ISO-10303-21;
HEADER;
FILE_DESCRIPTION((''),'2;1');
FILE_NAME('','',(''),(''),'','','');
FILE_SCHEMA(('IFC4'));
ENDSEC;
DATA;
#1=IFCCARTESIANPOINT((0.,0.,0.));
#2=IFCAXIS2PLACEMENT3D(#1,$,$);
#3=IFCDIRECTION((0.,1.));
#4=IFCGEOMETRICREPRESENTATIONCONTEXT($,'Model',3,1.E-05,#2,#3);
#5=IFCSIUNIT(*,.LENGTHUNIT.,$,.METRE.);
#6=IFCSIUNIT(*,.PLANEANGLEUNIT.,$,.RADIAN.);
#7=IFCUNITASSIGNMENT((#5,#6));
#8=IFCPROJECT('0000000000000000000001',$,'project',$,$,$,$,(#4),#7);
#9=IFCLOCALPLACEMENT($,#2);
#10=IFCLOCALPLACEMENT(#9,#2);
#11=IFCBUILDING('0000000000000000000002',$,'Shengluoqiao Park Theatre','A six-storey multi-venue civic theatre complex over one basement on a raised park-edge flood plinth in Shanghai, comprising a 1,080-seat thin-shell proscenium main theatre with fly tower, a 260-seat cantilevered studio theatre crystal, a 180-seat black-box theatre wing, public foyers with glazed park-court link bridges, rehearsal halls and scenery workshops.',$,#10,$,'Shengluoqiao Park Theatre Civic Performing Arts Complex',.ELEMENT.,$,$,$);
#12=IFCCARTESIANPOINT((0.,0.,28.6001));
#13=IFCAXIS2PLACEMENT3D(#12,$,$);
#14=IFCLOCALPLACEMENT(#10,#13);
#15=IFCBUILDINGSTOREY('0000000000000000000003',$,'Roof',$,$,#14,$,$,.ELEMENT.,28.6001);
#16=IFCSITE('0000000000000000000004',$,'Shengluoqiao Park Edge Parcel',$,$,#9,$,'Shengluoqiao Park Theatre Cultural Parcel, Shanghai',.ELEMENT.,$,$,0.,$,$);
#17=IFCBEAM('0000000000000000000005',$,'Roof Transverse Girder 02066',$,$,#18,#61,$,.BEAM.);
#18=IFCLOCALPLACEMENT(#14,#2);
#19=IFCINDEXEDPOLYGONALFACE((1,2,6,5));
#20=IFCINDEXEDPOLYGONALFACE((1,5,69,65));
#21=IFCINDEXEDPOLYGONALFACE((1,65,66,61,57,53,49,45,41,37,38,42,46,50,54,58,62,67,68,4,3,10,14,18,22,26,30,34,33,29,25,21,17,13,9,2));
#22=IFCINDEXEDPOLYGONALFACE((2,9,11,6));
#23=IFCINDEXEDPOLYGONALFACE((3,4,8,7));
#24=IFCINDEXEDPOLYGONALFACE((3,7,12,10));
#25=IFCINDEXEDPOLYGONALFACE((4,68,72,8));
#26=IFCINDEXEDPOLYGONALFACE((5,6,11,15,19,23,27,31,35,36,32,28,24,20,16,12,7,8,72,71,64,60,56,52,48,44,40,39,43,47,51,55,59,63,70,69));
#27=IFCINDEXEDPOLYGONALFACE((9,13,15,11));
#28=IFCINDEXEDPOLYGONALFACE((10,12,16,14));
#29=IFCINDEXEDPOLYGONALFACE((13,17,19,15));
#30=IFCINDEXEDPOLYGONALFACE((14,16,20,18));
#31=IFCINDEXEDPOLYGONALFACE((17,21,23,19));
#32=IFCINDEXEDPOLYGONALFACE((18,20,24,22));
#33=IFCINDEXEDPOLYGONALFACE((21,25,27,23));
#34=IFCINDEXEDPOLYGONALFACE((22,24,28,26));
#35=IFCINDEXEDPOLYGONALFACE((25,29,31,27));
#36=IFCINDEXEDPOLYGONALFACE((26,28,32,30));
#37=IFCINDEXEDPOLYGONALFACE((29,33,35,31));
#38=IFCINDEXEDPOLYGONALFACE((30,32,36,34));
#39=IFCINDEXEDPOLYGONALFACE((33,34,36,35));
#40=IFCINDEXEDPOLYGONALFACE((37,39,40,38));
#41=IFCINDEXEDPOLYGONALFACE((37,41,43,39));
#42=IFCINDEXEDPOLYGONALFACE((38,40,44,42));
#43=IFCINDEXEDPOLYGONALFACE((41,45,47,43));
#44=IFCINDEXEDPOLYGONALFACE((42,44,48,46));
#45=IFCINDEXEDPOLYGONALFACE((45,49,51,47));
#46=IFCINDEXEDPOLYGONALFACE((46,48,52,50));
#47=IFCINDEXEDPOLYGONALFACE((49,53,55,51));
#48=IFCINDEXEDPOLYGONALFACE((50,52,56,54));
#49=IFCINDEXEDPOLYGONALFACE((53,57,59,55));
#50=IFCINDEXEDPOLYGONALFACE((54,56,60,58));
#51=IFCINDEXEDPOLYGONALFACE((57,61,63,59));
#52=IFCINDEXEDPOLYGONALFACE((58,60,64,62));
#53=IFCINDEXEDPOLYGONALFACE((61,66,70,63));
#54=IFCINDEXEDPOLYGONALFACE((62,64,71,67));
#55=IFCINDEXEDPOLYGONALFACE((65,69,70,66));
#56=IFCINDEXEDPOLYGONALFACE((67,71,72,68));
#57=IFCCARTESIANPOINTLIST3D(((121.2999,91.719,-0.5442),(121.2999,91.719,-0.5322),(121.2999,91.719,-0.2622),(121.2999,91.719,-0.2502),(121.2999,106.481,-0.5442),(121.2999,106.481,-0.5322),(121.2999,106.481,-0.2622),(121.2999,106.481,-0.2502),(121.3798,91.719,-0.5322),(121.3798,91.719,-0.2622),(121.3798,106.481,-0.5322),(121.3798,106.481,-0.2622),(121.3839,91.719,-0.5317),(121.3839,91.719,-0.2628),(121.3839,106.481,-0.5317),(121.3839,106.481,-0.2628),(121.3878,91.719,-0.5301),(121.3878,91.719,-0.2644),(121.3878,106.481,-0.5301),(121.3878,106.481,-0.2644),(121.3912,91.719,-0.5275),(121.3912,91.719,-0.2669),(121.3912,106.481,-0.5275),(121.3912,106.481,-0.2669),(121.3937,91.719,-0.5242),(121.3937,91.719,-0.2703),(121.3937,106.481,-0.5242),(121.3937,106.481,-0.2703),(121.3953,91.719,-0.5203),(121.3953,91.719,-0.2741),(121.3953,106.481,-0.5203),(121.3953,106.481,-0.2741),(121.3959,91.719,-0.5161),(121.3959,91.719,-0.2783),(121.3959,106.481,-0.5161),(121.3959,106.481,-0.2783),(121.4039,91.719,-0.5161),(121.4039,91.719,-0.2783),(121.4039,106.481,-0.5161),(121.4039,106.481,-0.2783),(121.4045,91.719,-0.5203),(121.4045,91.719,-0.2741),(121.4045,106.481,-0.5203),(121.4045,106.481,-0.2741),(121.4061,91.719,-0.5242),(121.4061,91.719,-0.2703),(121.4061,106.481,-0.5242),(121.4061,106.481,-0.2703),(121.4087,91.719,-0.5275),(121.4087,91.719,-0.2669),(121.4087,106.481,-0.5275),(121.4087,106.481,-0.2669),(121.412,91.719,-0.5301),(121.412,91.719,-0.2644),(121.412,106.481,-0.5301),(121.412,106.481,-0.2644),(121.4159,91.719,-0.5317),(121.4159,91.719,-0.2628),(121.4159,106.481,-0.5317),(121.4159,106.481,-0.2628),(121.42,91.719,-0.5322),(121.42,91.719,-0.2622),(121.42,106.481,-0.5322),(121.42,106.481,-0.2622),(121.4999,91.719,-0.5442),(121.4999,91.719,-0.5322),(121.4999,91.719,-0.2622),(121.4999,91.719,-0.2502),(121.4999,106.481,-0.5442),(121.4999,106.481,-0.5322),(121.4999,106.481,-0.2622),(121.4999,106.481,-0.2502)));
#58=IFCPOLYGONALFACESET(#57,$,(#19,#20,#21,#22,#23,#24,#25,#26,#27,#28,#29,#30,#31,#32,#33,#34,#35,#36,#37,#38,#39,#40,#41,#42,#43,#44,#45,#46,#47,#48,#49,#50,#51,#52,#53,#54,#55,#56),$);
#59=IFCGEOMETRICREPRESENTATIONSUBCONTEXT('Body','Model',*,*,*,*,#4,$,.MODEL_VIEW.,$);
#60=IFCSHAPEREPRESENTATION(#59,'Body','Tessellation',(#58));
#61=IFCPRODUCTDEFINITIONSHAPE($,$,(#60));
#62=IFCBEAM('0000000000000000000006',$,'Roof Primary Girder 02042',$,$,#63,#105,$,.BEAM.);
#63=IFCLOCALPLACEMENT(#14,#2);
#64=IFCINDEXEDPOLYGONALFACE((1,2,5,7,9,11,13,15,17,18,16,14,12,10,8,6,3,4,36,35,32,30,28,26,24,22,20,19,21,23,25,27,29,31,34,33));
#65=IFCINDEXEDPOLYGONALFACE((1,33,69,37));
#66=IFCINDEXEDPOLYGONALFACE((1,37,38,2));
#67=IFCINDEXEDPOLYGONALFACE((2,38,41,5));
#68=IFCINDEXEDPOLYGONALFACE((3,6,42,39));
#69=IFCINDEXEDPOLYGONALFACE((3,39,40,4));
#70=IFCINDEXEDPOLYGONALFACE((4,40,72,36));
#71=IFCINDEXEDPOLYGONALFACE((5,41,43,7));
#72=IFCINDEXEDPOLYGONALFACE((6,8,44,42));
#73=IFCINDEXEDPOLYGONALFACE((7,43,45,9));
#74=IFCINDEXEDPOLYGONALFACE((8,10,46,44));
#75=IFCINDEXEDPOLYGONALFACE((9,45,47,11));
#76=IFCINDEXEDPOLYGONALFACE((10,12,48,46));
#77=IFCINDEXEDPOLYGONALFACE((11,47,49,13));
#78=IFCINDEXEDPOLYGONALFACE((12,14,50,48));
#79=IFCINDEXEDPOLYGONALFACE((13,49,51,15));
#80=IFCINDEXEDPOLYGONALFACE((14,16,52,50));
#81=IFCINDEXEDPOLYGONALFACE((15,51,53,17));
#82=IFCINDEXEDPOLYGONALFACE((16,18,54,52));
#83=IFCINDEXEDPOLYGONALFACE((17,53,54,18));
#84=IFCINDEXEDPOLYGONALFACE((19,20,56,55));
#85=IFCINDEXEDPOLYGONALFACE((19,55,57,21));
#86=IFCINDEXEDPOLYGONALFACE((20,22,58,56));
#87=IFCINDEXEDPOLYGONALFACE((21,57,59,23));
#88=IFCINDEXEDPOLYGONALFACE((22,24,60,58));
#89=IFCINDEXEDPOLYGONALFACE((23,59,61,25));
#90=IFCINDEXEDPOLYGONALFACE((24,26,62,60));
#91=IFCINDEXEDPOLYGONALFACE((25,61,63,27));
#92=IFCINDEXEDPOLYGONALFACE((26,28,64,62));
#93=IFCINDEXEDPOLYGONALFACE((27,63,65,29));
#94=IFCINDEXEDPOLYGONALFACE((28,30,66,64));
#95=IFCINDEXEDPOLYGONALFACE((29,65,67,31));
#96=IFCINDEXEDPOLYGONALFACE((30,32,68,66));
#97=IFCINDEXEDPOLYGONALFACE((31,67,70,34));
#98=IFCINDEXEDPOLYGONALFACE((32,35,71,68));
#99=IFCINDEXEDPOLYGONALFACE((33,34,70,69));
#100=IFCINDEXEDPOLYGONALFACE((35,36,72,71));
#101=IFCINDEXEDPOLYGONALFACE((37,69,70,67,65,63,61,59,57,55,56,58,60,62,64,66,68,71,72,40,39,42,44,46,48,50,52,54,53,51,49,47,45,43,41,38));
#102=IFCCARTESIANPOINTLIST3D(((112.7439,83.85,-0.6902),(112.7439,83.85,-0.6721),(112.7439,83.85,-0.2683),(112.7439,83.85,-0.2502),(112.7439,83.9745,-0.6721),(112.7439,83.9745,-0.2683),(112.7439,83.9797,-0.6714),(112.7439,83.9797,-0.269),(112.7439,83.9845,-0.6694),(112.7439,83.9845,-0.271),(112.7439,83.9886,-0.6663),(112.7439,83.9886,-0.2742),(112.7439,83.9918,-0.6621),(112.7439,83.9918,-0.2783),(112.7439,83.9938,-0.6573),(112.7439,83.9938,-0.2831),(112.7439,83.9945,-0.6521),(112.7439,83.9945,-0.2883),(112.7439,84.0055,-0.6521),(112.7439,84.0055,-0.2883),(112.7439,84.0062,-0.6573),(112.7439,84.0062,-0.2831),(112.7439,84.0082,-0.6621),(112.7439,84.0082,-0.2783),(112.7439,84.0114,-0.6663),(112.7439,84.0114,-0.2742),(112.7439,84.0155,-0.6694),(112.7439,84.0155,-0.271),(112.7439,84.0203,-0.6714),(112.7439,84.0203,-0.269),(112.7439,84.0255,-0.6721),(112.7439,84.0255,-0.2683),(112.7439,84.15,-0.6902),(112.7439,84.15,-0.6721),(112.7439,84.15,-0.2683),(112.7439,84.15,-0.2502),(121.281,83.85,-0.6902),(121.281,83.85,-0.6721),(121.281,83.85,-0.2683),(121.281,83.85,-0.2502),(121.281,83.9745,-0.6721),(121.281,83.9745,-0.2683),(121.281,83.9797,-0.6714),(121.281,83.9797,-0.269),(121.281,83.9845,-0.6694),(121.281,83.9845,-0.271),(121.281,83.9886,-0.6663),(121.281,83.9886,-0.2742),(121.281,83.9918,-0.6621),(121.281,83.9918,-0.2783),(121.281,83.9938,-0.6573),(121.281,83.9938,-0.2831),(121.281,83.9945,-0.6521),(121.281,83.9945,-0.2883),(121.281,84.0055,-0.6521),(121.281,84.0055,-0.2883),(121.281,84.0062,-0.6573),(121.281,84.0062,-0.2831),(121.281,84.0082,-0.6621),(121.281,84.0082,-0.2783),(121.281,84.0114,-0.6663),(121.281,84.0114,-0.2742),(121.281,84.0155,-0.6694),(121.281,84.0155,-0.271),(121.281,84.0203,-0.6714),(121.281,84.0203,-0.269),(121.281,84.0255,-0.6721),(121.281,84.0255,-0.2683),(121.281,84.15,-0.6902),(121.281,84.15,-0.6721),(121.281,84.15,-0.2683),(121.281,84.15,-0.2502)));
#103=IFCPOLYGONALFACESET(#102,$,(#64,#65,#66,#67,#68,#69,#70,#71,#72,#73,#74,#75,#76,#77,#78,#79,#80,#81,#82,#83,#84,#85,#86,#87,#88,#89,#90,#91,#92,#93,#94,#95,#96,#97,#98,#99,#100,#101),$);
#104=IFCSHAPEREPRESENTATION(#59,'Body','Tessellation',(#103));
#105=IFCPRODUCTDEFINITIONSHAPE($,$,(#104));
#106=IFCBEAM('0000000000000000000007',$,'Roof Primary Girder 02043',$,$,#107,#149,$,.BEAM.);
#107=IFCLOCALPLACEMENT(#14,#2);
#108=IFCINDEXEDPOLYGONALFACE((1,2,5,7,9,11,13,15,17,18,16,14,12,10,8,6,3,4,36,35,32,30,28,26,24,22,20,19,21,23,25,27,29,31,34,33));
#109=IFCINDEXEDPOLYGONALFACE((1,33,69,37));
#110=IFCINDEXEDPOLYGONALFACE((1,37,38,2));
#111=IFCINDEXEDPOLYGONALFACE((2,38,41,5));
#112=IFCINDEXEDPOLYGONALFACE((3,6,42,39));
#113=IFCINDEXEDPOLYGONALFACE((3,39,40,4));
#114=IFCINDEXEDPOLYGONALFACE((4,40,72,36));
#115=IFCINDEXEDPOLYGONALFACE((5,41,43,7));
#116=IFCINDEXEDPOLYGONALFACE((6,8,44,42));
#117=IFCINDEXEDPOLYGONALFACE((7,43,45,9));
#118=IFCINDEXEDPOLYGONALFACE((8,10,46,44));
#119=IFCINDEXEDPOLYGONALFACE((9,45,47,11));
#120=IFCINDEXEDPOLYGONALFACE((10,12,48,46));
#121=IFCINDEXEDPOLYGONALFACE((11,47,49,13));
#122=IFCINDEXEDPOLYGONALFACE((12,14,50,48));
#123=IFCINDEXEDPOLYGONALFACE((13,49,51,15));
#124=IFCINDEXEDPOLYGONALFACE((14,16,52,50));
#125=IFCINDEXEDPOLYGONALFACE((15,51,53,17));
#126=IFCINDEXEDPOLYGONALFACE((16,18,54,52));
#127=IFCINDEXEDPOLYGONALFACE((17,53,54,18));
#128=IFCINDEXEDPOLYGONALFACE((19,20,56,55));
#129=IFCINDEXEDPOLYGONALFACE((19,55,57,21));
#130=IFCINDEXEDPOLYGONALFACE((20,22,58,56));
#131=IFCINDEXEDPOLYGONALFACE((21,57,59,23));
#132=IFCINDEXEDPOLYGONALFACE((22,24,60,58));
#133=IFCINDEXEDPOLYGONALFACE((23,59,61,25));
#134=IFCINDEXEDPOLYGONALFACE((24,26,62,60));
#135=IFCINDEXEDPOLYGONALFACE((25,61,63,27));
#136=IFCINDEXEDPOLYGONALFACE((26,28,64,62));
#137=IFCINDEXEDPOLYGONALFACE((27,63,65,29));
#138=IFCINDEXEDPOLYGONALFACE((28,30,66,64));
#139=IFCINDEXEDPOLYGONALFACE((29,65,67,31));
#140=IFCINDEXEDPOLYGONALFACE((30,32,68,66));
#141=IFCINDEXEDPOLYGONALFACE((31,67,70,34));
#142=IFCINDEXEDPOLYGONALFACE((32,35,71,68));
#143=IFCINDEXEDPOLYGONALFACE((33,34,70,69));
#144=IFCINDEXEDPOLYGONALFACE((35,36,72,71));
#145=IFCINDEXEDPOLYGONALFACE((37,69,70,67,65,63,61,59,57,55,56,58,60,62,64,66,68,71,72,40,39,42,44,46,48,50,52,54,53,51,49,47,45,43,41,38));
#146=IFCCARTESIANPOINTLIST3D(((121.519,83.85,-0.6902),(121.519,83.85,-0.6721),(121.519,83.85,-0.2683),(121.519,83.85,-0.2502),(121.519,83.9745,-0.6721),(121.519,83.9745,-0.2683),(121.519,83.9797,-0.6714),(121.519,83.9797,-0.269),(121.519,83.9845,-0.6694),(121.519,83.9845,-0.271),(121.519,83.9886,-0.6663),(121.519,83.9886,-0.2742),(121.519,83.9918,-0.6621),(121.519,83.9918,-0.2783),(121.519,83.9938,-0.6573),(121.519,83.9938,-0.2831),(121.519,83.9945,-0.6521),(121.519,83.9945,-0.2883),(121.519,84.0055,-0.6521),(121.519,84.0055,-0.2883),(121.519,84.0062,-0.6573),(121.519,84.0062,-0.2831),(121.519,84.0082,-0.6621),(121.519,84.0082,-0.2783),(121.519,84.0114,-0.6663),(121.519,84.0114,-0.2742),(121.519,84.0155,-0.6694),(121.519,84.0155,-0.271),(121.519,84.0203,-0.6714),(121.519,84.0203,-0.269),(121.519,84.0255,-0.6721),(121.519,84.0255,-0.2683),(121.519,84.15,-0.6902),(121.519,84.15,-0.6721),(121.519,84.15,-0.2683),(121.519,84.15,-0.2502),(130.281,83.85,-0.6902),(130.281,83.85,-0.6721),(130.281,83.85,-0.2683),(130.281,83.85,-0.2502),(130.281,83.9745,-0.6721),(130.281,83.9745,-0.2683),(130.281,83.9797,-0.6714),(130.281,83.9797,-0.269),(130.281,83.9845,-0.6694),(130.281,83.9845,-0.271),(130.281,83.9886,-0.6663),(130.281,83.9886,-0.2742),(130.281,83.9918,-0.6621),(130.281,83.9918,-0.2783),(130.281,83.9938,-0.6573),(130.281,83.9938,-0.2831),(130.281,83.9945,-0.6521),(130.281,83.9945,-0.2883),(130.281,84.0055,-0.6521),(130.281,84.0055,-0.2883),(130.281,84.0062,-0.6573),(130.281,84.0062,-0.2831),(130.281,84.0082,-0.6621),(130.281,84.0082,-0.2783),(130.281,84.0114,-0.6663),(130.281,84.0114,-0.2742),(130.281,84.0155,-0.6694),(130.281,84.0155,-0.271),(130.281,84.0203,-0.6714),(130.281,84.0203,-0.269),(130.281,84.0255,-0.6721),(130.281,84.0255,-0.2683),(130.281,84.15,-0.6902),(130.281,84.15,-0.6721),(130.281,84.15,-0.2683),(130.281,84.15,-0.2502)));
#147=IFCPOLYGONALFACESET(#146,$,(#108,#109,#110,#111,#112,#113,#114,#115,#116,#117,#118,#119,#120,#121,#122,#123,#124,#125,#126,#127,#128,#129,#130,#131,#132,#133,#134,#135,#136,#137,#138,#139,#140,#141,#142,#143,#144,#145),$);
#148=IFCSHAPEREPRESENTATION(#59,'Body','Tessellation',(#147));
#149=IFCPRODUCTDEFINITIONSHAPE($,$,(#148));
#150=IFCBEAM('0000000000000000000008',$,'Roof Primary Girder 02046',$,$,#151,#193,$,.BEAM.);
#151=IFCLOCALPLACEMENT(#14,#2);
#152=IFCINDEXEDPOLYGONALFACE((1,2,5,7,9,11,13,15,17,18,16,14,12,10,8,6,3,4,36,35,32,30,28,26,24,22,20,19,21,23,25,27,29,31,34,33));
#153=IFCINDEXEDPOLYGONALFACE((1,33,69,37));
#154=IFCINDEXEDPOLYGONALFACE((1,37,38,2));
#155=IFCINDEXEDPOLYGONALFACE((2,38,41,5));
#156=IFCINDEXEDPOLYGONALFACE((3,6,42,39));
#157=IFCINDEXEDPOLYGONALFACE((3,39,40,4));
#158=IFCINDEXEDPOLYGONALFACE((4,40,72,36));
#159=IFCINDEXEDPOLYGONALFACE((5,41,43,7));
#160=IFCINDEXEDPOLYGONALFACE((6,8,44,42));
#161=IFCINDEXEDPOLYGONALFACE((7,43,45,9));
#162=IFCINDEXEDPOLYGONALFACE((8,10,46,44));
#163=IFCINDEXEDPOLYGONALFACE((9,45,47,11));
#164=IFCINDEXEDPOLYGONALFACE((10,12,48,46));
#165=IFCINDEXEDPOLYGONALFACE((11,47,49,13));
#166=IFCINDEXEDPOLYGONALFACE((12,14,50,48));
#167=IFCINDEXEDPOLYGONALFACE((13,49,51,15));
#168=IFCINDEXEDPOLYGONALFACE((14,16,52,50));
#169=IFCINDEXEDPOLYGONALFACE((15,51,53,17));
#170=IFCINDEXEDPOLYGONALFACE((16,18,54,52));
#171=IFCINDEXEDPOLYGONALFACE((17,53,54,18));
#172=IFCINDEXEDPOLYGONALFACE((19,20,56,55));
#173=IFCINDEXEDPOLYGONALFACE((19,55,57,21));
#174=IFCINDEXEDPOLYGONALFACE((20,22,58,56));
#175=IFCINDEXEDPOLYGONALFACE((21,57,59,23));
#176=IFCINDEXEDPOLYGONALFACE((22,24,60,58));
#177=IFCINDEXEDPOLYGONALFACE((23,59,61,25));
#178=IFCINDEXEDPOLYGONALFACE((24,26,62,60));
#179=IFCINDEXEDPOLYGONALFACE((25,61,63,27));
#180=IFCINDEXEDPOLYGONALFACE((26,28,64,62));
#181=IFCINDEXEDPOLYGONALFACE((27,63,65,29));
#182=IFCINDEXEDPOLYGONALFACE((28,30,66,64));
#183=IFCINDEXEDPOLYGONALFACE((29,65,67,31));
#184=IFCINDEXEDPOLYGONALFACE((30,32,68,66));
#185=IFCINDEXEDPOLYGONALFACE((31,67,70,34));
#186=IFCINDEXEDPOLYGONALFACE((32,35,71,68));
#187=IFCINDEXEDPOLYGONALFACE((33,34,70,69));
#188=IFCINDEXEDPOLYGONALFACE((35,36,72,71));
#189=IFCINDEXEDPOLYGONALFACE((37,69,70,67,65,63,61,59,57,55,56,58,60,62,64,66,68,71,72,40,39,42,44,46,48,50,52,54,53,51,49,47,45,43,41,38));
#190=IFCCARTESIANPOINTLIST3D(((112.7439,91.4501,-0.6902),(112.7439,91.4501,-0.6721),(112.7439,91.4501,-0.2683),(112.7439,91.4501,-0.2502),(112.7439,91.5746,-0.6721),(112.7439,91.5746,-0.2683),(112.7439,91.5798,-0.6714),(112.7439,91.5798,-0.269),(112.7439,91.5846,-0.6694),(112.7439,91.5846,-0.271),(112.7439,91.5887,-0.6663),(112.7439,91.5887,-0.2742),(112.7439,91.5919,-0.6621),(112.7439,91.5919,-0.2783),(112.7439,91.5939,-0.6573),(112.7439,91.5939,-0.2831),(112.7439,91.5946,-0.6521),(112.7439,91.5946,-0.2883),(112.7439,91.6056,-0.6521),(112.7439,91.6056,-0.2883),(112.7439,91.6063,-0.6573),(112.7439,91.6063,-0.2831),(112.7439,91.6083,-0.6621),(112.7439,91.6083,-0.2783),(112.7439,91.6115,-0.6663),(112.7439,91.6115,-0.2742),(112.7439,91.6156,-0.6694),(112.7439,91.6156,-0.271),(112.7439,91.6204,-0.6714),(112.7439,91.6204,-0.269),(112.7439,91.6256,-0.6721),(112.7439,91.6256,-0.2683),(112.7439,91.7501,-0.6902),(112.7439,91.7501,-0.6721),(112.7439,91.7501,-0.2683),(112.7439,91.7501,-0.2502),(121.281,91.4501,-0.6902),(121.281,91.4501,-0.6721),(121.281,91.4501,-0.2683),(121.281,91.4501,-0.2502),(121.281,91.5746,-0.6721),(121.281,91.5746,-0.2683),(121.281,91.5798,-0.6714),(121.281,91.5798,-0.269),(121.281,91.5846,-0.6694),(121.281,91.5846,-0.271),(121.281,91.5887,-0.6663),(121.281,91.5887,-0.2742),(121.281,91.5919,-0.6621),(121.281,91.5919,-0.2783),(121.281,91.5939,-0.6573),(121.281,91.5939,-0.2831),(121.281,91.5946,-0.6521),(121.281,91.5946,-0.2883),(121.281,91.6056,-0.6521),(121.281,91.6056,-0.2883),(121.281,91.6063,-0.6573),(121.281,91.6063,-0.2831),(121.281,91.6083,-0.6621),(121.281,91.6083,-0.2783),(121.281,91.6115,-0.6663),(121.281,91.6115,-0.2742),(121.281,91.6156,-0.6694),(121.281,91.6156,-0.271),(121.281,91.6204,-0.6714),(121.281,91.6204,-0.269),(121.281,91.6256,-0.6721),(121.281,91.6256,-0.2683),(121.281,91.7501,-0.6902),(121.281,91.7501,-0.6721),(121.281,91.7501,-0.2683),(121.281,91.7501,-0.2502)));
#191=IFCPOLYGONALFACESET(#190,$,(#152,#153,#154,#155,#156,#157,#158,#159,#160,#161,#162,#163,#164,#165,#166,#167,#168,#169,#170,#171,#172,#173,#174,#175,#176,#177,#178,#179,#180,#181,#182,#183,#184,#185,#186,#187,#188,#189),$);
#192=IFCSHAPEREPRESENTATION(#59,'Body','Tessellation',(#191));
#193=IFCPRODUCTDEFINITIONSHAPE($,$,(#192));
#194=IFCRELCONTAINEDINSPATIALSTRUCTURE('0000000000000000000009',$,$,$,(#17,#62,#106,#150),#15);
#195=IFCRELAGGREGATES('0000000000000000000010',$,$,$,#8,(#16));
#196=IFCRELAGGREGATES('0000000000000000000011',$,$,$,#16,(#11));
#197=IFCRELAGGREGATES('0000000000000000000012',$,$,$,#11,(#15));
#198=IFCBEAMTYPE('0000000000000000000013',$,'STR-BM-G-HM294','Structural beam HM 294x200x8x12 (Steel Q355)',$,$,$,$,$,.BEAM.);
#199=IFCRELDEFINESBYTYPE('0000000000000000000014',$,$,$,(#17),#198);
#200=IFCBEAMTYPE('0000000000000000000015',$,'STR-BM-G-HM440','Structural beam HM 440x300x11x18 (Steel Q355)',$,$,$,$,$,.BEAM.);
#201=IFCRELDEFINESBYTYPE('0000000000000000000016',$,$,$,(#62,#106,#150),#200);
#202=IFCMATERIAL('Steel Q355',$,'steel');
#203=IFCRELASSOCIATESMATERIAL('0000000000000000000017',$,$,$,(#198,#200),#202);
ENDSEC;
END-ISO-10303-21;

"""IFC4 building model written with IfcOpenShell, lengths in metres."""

from ifc_helpers import new_model, si_unit, direction, frame, origin, origin_2d, place, context, subcontext, project, spatial, i_section, extrude, material, material_profile, profile_set, type_object, element, save


model = new_model("IFC4")

# Units and contexts
model_context = context("Model", 3, precision=1e-05, world=origin(), true_north=direction((0.0, 1.0)))
body_context = subcontext(model_context, "Body", "Model", "MODEL_VIEW")
ifc_project = project(units=[si_unit("LENGTHUNIT", "METRE"), si_unit("PLANEANGLEUNIT", "RADIAN")], contexts=[model_context])

# Site, building, storey
site_placement = place(None, origin())
site = spatial("IfcSite", under=ifc_project, at=site_placement, Name="Shengluoqiao Park Edge Parcel", LongName="Shengluoqiao Park Theatre Cultural Parcel, Shanghai", CompositionType="ELEMENT", RefElevation=0.0)
building_placement = place(site_placement, origin())
building = spatial("IfcBuilding", under=site, at=building_placement, Name="Shengluoqiao Park Theatre", Description="A six-storey multi-venue civic theatre complex over one basement on a raised park-edge flood plinth in Shanghai, comprising a 1,080-seat thin-shell proscenium main theatre with fly tower, a 260-seat cantilevered studio theatre crystal, a 180-seat black-box theatre wing, public foyers with glazed park-court link bridges, rehearsal halls and scenery workshops.", LongName="Shengluoqiao Park Theatre Civic Performing Arts Complex", CompositionType="ELEMENT")
storey_placement = place(building_placement, frame((0.0, 0.0, 28.6001)))
storey = spatial("IfcBuildingStorey", under=building, at=storey_placement, Name="Roof", CompositionType="ELEMENT", Elevation=28.6001)

# Beams
ifc_material_1 = material(Name="Steel Q355", Category="steel")
ifc_material_profile_1 = material_profile(ifc_material_1, i_section(OverallWidth=0.2, OverallDepth=0.2939, WebThickness=0.0081, FlangeThickness=0.012, FilletRadius=0.0161, at=origin_2d()), Name="HM 294x200x8x12")
ifc_profile_set_1 = profile_set([ifc_material_profile_1], Name="Steel Q355")
beam_type_1 = type_object("IfcBeamType", Name="STR-BM-G-HM294", Description="Structural beam HM 294x200x8x12 (Steel Q355)", PredefinedType="BEAM", material=ifc_profile_set_1)
beam_1_placement = place(storey_placement, frame((121.3999, 91.719, -0.3972), z_axis=(0.0, 1.0, 0.0), x_axis=(-1.0, 0.0, 0.0)))
element("IfcBeam", 1, at=beam_1_placement, inside=storey, type_object=beam_type_1, Name="Roof Transverse Girder 02066", PredefinedType="BEAM", context=body_context, shape_type="SweptSolid", body=[
    extrude(i_section(OverallWidth=0.2, OverallDepth=0.2939, WebThickness=0.0081, FlangeThickness=0.012, FilletRadius=0.0161, at=origin_2d()), origin(), (0.0, 0.0, 1.0), 14.762),
])
ifc_material_profile_2 = material_profile(ifc_material_1, i_section(OverallWidth=0.3, OverallDepth=0.4399, WebThickness=0.011, FlangeThickness=0.0181, FilletRadius=0.02, at=origin_2d()), Name="HM 440x300x11x18")
ifc_profile_set_2 = profile_set([ifc_material_profile_2], Name="Steel Q355")
beam_type_2 = type_object("IfcBeamType", Name="STR-BM-G-HM440", Description="Structural beam HM 440x300x11x18 (Steel Q355)", PredefinedType="BEAM", material=ifc_profile_set_2)
beam_2_placement = place(storey_placement, frame((112.7439, 84.0, -0.4702), z_axis=(1.0, 0.0, 0.0), x_axis=(0.0, 1.0, 0.0)))
element("IfcBeam", 2, at=beam_2_placement, inside=storey, type_object=beam_type_2, Name="Roof Primary Girder 02042", PredefinedType="BEAM", context=body_context, shape_type="SweptSolid", body=[
    extrude(i_section(OverallWidth=0.3, OverallDepth=0.4399, WebThickness=0.011, FlangeThickness=0.0181, FilletRadius=0.02, at=origin_2d()), origin(), (0.0, 0.0, 1.0), 8.5371),
])
beam_3_placement = place(storey_placement, frame((121.519, 84.0, -0.4702), z_axis=(1.0, 0.0, 0.0), x_axis=(0.0, 1.0, 0.0)))
element("IfcBeam", 3, at=beam_3_placement, inside=storey, type_object=beam_type_2, Name="Roof Primary Girder 02043", PredefinedType="BEAM", context=body_context, shape_type="SweptSolid", body=[
    extrude(i_section(OverallWidth=0.3, OverallDepth=0.4399, WebThickness=0.011, FlangeThickness=0.0181, FilletRadius=0.02, at=origin_2d()), origin(), (0.0, 0.0, 1.0), 8.762),
])
beam_4_placement = place(storey_placement, frame((112.7439, 91.6001, -0.4702), z_axis=(1.0, 0.0, 0.0), x_axis=(0.0, 1.0, 0.0)))
element("IfcBeam", 4, at=beam_4_placement, inside=storey, type_object=beam_type_2, Name="Roof Primary Girder 02046", PredefinedType="BEAM", context=body_context, shape_type="SweptSolid", body=[
    extrude(i_section(OverallWidth=0.3, OverallDepth=0.4399, WebThickness=0.011, FlangeThickness=0.0181, FilletRadius=0.02, at=origin_2d()), origin(), (0.0, 0.0, 1.0), 8.5371),
])

save(model, "model.ifc")
